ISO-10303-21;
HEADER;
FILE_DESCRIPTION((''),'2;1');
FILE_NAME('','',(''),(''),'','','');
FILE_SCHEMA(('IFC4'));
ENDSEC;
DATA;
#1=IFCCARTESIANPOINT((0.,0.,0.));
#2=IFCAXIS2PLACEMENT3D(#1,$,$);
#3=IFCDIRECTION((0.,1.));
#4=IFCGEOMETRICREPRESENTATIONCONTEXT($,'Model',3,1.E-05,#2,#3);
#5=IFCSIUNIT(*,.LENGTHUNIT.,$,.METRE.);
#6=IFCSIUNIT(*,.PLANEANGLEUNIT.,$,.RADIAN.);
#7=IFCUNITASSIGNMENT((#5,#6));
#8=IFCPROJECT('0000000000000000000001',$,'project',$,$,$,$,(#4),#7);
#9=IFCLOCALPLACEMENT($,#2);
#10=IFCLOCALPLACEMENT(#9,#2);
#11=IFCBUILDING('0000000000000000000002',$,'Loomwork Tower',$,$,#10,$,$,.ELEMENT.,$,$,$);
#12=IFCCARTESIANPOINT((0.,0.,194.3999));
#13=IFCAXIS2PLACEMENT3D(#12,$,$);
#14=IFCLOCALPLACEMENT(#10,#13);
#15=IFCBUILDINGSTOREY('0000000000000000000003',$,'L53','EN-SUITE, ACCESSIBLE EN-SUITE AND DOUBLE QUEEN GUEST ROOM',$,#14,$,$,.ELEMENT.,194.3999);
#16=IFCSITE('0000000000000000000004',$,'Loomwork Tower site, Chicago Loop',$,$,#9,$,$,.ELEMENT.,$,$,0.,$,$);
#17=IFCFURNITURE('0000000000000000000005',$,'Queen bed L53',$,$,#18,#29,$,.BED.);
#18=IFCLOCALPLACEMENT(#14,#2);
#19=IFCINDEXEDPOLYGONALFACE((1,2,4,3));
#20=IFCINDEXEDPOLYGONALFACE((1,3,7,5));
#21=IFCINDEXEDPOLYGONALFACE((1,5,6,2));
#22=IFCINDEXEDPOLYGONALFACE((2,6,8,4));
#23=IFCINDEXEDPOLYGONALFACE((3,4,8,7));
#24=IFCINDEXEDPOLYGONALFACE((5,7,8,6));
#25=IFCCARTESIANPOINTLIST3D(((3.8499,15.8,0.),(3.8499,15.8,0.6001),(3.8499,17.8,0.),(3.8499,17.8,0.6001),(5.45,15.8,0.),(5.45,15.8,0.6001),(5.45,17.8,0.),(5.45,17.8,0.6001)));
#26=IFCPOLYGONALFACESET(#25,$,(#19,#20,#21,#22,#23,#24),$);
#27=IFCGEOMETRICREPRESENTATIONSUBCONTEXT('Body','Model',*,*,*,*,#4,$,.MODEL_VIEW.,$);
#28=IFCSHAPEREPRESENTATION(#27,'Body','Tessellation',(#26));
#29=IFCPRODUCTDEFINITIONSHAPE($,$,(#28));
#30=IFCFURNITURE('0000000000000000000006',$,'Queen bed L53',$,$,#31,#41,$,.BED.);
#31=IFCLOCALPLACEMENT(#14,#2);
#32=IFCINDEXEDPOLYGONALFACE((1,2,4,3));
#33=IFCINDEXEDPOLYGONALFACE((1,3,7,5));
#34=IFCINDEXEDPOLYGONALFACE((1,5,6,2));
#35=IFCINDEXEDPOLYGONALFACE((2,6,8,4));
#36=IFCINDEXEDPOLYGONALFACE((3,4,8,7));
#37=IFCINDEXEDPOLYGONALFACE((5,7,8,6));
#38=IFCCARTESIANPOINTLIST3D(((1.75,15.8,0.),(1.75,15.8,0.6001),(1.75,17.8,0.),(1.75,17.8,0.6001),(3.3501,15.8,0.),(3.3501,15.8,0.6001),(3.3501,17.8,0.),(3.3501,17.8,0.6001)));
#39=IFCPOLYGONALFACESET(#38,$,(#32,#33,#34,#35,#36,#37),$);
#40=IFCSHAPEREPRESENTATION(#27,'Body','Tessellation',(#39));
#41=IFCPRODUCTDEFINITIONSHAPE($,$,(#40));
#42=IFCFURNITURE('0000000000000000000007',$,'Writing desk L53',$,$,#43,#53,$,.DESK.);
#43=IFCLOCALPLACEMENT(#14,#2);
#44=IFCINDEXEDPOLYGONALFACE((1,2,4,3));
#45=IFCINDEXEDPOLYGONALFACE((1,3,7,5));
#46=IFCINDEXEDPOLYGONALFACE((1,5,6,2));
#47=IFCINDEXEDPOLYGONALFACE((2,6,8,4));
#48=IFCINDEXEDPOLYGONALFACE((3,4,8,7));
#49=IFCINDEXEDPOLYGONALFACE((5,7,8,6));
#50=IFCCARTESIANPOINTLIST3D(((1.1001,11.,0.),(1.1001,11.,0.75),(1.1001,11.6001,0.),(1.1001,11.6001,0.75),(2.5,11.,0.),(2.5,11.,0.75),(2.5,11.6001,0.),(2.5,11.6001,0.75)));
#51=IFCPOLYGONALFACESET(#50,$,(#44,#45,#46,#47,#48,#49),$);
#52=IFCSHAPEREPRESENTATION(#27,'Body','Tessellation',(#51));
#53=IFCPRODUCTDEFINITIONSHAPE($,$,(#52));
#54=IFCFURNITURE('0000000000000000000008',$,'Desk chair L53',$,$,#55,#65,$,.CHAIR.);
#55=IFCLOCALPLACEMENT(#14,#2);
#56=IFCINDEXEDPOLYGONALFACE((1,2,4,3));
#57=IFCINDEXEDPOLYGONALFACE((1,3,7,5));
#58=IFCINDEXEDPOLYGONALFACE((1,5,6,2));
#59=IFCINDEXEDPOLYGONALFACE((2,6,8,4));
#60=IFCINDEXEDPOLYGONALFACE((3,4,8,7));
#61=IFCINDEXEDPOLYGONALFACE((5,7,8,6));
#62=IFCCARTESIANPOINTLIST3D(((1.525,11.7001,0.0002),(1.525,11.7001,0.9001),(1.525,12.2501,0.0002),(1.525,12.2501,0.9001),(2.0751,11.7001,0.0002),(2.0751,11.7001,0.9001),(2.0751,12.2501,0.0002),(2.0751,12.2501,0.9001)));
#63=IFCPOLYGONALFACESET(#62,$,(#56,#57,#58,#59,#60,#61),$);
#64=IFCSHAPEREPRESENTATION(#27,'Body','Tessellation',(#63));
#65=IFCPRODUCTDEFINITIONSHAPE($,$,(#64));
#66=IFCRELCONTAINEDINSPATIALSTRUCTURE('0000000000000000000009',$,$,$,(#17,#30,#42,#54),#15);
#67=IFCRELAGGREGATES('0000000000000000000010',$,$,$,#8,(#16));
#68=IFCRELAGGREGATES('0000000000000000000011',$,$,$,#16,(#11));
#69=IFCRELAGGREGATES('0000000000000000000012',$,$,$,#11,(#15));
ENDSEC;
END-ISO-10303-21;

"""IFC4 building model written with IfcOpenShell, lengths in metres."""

from ifc_helpers import new_model, si_unit, direction, frame, origin, origin_2d, place, context, subcontext, project, spatial, rectangle, extrude, element, save


model = new_model("IFC4")

# Units and contexts
model_context = context("Model", 3, precision=1e-05, world=origin(), true_north=direction((0.0, 1.0)))
body_context = subcontext(model_context, "Body", "Model", "MODEL_VIEW")
ifc_project = project(units=[si_unit("LENGTHUNIT", "METRE"), si_unit("PLANEANGLEUNIT", "RADIAN")], contexts=[model_context])

# Site, building, storey
site_placement = place(None, origin())
site = spatial("IfcSite", under=ifc_project, at=site_placement, Name="Loomwork Tower site, Chicago Loop", CompositionType="ELEMENT", RefElevation=0.0)
building_placement = place(site_placement, origin())
building = spatial("IfcBuilding", under=site, at=building_placement, Name="Loomwork Tower", CompositionType="ELEMENT")
storey_placement = place(building_placement, frame((0.0, 0.0, 194.3999)))
storey = spatial("IfcBuildingStorey", under=building, at=storey_placement, Name="L53", Description="EN-SUITE, ACCESSIBLE EN-SUITE AND DOUBLE QUEEN GUEST ROOM", CompositionType="ELEMENT", Elevation=194.3999)

# Furniture
for number, where, z_axis, x_axis, name in (
    (1, (4.6499, 16.8, 0.0), (0.0, 0.0, 1.0), (1.0, 0.0, 0.0), "Queen bed L53"),
    (2, (2.55, 16.8, 0.0), (0.0, 0.0, 1.0), (1.0, 0.0, 0.0), "Queen bed L53"),
):
    element("IfcFurniture", number, at=place(storey_placement, frame(where, z_axis=z_axis, x_axis=x_axis)), inside=storey, Name=name, PredefinedType="BED", context=body_context, shape_type="SweptSolid", body=[
        extrude(rectangle(XDim=1.6001, YDim=2.0, at=origin_2d()), origin(), (0.0, 0.0, 1.0), 0.6001),
    ])
furniture_1_placement = place(storey_placement, frame((1.8, 11.3, 0.0), z_axis=(0.0, 0.0, 1.0), x_axis=(1.0, 0.0, 0.0)))
element("IfcFurniture", 3, at=furniture_1_placement, inside=storey, Name="Writing desk L53", PredefinedType="DESK", context=body_context, shape_type="SweptSolid", body=[
    extrude(rectangle(XDim=1.3999, YDim=0.6001, at=origin_2d()), origin(), (0.0, 0.0, 1.0), 0.75),
])
furniture_2_placement = place(storey_placement, frame((1.8, 11.9751, 0.0002), z_axis=(0.0, 0.0, 1.0), x_axis=(1.0, 0.0, 0.0)))
element("IfcFurniture", 4, at=furniture_2_placement, inside=storey, Name="Desk chair L53", PredefinedType="CHAIR", context=body_context, shape_type="SweptSolid", body=[
    extrude(rectangle(XDim=0.55, YDim=0.55, at=origin_2d()), origin(), (0.0, 0.0, 1.0), 0.8999),
])

save(model, "model.ifc")
